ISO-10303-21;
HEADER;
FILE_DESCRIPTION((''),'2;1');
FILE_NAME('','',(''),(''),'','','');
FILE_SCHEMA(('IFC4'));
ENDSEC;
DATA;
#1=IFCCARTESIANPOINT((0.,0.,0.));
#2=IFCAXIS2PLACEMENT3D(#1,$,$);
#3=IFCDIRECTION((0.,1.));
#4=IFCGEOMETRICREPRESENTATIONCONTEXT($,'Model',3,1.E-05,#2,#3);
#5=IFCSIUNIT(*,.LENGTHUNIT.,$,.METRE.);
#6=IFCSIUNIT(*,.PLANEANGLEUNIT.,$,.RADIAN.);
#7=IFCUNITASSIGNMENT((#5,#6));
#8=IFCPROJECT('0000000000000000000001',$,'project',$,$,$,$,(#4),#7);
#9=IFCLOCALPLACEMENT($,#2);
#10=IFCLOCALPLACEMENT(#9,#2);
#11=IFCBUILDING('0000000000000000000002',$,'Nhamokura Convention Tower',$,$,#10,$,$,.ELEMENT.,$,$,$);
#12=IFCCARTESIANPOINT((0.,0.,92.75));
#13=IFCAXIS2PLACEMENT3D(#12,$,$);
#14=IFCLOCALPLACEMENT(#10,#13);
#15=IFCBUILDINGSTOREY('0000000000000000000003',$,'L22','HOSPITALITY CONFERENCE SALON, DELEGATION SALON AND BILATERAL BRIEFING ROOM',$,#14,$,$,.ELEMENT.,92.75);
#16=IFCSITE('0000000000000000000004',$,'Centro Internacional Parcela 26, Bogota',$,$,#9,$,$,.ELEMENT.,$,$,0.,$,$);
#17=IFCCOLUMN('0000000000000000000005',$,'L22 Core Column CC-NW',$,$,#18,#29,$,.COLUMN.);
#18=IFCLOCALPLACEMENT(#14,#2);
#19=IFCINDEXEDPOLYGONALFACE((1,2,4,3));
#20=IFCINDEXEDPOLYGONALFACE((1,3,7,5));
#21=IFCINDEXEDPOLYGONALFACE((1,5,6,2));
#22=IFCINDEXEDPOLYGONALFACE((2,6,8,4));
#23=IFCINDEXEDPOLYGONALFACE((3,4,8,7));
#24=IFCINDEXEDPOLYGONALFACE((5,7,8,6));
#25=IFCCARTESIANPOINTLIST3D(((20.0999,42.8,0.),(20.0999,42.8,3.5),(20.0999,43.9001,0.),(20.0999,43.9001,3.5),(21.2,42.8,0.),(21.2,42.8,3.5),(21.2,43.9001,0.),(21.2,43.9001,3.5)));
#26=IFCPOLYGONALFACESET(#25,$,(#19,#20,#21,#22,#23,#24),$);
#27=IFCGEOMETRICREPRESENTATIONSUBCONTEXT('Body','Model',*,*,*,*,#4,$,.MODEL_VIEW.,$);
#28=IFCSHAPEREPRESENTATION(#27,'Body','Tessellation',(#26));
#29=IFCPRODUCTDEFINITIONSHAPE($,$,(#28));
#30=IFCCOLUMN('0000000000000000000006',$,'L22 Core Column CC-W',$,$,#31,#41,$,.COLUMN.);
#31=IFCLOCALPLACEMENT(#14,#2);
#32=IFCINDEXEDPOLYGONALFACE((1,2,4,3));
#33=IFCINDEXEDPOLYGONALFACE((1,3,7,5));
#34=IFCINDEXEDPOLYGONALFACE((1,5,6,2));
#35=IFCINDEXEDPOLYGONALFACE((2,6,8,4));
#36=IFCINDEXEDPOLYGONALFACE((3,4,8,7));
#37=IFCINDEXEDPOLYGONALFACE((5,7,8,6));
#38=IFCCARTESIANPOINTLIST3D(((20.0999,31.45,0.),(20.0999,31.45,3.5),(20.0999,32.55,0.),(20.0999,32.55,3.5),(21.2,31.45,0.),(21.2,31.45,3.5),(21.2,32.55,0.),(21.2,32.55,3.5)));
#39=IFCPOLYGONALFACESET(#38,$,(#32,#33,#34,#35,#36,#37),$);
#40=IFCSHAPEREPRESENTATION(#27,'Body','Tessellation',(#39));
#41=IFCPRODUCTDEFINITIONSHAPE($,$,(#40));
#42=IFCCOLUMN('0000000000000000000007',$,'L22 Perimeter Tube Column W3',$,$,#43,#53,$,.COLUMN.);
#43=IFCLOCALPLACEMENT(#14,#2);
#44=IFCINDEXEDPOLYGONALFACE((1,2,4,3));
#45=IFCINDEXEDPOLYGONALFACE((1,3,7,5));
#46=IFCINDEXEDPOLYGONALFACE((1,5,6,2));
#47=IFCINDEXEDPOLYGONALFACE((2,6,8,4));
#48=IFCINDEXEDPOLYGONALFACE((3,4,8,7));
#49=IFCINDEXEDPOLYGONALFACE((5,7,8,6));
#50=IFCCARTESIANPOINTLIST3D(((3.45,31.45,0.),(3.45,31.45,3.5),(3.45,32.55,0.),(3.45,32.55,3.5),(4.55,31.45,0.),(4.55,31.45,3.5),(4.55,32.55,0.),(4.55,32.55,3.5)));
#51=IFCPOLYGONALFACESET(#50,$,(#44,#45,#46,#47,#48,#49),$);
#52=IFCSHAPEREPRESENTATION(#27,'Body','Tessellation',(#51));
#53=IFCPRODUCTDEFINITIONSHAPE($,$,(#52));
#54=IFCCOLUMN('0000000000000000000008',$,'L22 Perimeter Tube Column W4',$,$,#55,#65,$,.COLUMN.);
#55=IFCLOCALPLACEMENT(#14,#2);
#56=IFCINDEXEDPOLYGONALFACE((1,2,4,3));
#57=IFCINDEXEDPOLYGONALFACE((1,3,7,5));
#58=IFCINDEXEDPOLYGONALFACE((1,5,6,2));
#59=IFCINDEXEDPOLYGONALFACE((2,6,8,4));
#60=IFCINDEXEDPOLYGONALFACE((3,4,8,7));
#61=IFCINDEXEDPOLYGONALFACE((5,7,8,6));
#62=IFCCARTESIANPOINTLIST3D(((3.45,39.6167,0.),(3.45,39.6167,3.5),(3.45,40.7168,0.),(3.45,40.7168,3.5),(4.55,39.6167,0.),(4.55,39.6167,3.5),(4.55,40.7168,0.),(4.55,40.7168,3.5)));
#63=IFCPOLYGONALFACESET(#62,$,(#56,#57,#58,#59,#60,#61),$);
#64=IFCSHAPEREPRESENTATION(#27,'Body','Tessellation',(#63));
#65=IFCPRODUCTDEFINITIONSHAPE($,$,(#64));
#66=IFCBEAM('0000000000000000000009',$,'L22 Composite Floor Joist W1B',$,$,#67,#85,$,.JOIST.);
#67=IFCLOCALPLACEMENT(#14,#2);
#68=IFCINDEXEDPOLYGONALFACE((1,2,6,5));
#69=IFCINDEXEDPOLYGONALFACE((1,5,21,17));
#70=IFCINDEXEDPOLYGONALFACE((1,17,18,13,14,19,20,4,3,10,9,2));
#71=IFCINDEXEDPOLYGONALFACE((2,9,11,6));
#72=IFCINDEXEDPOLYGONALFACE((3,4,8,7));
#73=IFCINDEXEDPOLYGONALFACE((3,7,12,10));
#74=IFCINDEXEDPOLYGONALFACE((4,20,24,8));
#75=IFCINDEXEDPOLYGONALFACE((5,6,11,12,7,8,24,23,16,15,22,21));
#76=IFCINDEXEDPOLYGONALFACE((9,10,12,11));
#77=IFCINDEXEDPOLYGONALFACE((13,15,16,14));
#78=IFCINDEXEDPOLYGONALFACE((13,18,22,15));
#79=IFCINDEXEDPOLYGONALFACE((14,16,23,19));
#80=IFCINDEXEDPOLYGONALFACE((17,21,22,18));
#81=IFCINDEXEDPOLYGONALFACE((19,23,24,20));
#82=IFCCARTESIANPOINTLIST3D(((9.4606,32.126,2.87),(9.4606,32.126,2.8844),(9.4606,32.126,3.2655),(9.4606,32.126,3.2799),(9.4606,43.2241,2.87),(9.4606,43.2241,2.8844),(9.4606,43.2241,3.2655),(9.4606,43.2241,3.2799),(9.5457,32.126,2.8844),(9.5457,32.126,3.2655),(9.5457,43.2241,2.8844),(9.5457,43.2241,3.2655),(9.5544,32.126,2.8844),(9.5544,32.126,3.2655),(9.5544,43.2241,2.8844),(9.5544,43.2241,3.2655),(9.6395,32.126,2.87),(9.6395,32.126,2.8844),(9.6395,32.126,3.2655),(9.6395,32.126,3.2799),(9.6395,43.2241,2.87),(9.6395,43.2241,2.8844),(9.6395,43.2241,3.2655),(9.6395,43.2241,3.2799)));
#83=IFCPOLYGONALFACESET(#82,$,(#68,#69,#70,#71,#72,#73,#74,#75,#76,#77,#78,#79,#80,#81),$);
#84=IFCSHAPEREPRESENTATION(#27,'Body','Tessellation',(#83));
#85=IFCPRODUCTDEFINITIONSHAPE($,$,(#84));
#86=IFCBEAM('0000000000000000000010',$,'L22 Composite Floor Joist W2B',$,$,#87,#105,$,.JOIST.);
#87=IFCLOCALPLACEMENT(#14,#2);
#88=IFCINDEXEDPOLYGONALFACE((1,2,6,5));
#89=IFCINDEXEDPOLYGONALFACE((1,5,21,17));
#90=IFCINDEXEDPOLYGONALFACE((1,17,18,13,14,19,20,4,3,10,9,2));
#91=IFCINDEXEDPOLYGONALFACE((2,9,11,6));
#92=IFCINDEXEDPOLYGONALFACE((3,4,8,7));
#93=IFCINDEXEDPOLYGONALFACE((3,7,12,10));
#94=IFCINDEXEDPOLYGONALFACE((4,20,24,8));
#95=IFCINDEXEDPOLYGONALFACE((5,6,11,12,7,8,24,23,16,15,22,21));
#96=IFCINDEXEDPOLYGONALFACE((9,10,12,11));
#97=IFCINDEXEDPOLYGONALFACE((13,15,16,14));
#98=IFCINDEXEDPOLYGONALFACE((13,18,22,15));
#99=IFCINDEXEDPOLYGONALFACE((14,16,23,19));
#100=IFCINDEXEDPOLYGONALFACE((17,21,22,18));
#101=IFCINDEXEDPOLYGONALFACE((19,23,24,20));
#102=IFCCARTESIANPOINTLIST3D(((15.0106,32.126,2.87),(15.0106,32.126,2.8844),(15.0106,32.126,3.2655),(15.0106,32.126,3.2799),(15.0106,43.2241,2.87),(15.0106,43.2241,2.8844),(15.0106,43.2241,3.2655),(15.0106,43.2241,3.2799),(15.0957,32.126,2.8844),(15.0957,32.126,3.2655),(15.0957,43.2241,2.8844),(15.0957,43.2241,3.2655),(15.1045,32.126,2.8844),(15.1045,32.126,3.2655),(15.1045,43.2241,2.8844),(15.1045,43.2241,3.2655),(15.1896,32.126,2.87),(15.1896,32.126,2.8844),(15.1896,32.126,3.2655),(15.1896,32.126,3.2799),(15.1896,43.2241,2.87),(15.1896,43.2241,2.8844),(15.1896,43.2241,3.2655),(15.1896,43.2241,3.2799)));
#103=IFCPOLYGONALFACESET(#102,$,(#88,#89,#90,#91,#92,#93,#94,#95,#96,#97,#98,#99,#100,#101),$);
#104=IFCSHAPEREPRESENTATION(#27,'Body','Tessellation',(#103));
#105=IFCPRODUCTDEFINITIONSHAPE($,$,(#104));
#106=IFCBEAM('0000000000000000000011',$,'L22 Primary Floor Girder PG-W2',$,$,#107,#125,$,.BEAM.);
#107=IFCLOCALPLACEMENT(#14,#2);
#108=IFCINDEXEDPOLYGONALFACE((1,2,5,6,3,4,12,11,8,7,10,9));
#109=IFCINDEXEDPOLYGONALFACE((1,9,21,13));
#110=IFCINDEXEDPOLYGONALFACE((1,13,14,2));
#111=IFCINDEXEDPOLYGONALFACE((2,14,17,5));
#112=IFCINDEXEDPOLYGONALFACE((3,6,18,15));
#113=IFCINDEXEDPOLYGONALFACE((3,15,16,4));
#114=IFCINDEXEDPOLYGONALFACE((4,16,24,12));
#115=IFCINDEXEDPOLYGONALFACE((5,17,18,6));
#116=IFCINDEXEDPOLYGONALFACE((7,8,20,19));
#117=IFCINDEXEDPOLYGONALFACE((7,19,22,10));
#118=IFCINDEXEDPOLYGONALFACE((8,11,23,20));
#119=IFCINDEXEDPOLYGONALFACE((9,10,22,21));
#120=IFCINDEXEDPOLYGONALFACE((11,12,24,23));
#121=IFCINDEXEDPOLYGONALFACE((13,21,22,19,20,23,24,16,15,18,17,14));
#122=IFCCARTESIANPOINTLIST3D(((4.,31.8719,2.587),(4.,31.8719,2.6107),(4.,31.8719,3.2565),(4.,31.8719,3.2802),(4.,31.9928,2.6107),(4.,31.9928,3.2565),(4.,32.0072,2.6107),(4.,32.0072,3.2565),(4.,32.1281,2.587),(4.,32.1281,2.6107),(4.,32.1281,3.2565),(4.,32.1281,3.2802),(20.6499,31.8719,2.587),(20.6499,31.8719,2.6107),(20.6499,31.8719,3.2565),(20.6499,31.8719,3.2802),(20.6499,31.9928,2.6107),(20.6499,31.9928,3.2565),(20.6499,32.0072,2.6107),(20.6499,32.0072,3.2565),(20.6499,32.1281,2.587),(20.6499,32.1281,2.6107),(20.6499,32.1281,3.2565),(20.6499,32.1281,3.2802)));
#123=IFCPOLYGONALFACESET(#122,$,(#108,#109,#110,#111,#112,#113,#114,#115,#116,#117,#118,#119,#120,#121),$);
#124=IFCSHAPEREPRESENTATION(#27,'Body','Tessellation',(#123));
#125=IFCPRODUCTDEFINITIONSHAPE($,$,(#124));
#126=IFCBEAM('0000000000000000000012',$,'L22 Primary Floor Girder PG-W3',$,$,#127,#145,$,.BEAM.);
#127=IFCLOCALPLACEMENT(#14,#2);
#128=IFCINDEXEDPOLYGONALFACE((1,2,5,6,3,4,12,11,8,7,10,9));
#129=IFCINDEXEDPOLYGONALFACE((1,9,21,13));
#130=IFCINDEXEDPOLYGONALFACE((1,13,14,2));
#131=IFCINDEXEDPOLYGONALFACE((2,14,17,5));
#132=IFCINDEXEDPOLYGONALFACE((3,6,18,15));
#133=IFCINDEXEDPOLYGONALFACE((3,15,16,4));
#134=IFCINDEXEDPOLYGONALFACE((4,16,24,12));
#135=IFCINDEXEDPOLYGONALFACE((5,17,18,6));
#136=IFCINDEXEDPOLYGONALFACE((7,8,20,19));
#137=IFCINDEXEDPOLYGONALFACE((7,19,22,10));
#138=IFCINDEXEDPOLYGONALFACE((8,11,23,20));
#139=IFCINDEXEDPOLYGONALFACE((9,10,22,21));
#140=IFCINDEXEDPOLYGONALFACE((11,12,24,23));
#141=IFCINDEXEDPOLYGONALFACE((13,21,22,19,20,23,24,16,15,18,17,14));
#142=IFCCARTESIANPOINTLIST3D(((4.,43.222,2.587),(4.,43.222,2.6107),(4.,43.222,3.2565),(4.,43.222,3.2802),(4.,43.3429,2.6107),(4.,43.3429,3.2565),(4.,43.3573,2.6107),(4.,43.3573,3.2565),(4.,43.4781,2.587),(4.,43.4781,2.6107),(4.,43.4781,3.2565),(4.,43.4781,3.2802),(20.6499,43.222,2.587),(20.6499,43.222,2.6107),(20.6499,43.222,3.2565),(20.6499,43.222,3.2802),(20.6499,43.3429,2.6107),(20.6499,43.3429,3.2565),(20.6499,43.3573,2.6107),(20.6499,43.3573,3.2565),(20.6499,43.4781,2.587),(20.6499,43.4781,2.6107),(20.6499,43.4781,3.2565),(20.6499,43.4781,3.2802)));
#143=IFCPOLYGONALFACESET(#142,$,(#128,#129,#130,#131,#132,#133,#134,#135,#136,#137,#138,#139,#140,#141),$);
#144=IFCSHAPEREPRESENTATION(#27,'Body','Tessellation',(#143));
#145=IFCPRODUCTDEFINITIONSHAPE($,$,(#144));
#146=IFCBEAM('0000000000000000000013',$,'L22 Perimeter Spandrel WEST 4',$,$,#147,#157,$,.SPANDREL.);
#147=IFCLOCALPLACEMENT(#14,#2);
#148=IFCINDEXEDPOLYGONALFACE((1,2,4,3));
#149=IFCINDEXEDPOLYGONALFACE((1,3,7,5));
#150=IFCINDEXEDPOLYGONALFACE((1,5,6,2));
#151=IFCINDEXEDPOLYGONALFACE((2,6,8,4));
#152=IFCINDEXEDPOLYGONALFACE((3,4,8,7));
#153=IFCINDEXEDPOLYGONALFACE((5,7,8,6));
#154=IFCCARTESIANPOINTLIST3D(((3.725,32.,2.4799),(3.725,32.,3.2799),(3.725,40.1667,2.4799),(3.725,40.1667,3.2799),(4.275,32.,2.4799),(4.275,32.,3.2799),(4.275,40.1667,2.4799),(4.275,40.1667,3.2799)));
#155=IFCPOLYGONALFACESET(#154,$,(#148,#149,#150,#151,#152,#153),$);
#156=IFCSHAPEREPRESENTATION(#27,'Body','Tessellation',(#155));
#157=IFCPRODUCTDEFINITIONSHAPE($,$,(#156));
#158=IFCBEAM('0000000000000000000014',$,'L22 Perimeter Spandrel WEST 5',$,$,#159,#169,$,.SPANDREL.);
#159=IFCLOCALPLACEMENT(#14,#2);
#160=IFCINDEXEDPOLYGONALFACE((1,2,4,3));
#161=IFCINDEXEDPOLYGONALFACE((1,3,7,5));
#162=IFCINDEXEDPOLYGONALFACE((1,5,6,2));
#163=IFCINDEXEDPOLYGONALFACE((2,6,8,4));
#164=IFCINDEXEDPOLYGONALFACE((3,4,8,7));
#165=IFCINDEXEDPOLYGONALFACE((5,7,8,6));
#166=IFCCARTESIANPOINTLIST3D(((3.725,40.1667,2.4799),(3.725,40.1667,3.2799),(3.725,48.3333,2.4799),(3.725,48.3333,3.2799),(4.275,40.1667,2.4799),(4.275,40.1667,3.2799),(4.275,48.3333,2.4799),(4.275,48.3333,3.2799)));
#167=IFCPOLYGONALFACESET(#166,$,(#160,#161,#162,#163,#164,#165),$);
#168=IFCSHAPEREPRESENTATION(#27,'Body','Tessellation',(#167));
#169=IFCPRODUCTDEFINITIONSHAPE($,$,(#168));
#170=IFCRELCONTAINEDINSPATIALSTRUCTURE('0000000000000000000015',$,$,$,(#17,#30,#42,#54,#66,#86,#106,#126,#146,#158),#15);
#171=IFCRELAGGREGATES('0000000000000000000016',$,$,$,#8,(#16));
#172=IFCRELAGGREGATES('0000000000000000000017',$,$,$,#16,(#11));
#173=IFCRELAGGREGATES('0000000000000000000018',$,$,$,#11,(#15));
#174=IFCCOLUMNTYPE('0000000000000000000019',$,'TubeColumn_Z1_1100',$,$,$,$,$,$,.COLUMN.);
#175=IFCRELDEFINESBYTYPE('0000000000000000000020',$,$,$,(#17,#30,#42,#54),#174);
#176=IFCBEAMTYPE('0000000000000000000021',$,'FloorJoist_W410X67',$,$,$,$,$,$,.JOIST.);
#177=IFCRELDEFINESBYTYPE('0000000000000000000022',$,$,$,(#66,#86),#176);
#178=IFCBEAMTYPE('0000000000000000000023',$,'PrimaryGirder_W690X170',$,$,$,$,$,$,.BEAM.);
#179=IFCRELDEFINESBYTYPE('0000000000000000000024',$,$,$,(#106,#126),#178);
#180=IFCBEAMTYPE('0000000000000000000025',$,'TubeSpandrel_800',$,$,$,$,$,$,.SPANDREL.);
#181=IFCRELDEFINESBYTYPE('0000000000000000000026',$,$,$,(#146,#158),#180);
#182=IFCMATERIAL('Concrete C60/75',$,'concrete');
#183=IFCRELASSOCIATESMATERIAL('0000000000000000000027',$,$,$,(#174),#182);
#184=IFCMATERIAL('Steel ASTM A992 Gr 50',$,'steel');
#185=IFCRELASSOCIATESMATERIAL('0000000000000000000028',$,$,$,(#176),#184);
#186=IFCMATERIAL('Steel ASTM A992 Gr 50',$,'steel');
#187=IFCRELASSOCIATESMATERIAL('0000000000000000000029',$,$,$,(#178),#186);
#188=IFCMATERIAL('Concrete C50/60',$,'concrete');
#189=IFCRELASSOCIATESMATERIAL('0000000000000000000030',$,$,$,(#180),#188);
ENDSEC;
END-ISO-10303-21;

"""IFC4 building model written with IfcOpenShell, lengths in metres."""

from ifc_helpers import new_model, si_unit, direction, frame, origin, origin_2d, place, context, subcontext, project, spatial, rectangle, i_section, extrude, material, material_profile, profile_set, type_object, element, save


model = new_model("IFC4")

# Units and contexts
model_context = context("Model", 3, precision=1e-05, world=origin(), true_north=direction((0.0, 1.0)))
body_context = subcontext(model_context, "Body", "Model", "MODEL_VIEW")
ifc_project = project(units=[si_unit("LENGTHUNIT", "METRE"), si_unit("PLANEANGLEUNIT", "RADIAN")], contexts=[model_context])

# Site, building, storey
site_placement = place(None, origin())
site = spatial("IfcSite", under=ifc_project, at=site_placement, Name="Centro Internacional Parcela 26, Bogota", CompositionType="ELEMENT", RefElevation=0.0)
building_placement = place(site_placement, origin())
building = spatial("IfcBuilding", under=site, at=building_placement, Name="Nhamokura Convention Tower", CompositionType="ELEMENT")
storey_placement = place(building_placement, frame((0.0, 0.0, 92.75)))
storey = spatial("IfcBuildingStorey", under=building, at=storey_placement, Name="L22", Description="HOSPITALITY CONFERENCE SALON, DELEGATION SALON AND BILATERAL BRIEFING ROOM", CompositionType="ELEMENT", Elevation=92.75)

# Columns
ifc_material_1 = material(Name="Concrete C60/75", Category="concrete")
ifc_material_profile_1 = material_profile(ifc_material_1, rectangle(XDim=1.1001, YDim=1.1001, at=origin_2d()))
ifc_profile_set_1 = profile_set([ifc_material_profile_1], Name="Concrete C60/75")
column_type = type_object("IfcColumnType", Name="TubeColumn_Z1_1100", PredefinedType="COLUMN", material=ifc_profile_set_1)
for number, where, z_axis, x_axis, name in (
    (1, (20.6499, 43.3501, 0.0), (0.0, 0.0, 1.0), (1.0, 0.0, 0.0), "L22 Core Column CC-NW"),
    (2, (20.6499, 32.0, 0.0), (0.0, 0.0, 1.0), (1.0, 0.0, 0.0), "L22 Core Column CC-W"),
    (3, (4.0, 32.0, 0.0), (0.0, 0.0, 1.0), (1.0, 0.0, 0.0), "L22 Perimeter Tube Column W3"),
    (4, (4.0, 40.1667, 0.0), (0.0, 0.0, 1.0), (1.0, 0.0, 0.0), "L22 Perimeter Tube Column W4"),
):
    element("IfcColumn", number, at=place(storey_placement, frame(where, z_axis=z_axis, x_axis=x_axis)), inside=storey, type_object=column_type, Name=name, PredefinedType="COLUMN", context=body_context, shape_type="SweptSolid", body=[
        extrude(rectangle(XDim=1.1001, YDim=1.1001, at=origin_2d()), origin(), (0.0, 0.0, 1.0), 3.5),
    ])

# Beams
ifc_material_2 = material(Name="Steel ASTM A992 Gr 50", Category="steel")
ifc_material_profile_2 = material_profile(ifc_material_2, i_section(OverallWidth=0.179, OverallDepth=0.4099, WebThickness=0.0088, FlangeThickness=0.0144, at=origin_2d()))
ifc_profile_set_2 = profile_set([ifc_material_profile_2], Name="Steel ASTM A992 Gr 50")
beam_type_1 = type_object("IfcBeamType", Name="FloorJoist_W410X67", PredefinedType="JOIST", material=ifc_profile_set_2)
for number, where, z_axis, x_axis, name in (
    (5, (9.55, 32.126, 3.075), (0.0, 1.0, 0.0), (-1.0, 0.0, 0.0), "L22 Composite Floor Joist W1B"),
    (6, (15.1001, 32.126, 3.075), (0.0, 1.0, 0.0), (-1.0, 0.0, 0.0), "L22 Composite Floor Joist W2B"),
):
    element("IfcBeam", number, at=place(storey_placement, frame(where, z_axis=z_axis, x_axis=x_axis)), inside=storey, type_object=beam_type_1, Name=name, PredefinedType="JOIST", context=body_context, shape_type="SweptSolid", body=[
        extrude(i_section(OverallWidth=0.179, OverallDepth=0.4099, WebThickness=0.0088, FlangeThickness=0.0144, at=origin_2d()), origin(), (0.0, 0.0, 1.0), 11.0981),
    ])
ifc_material_3 = material(Name="Steel ASTM A992 Gr 50", Category="steel")
ifc_material_profile_3 = material_profile(ifc_material_3, i_section(OverallWidth=0.2561, OverallDepth=0.6931, WebThickness=0.0144, FlangeThickness=0.0237, at=origin_2d()))
ifc_profile_set_3 = profile_set([ifc_material_profile_3], Name="Steel ASTM A992 Gr 50")
beam_type_2 = type_object("IfcBeamType", Name="PrimaryGirder_W690X170", PredefinedType="BEAM", material=ifc_profile_set_3)
for number, where, z_axis, x_axis, name in (
    (7, (4.0, 32.0, 2.9336), (1.0, 0.0, 0.0), (0.0, 1.0, 0.0), "L22 Primary Floor Girder PG-W2"),
    (8, (4.0, 43.3501, 2.9336), (1.0, 0.0, 0.0), (0.0, 1.0, 0.0), "L22 Primary Floor Girder PG-W3"),
):
    element("IfcBeam", number, at=place(storey_placement, frame(where, z_axis=z_axis, x_axis=x_axis)), inside=storey, type_object=beam_type_2, Name=name, PredefinedType="BEAM", context=body_context, shape_type="SweptSolid", body=[
        extrude(i_section(OverallWidth=0.2561, OverallDepth=0.6931, WebThickness=0.0144, FlangeThickness=0.0237, at=origin_2d()), origin(), (0.0, 0.0, 1.0), 16.6499),
    ])
ifc_material_4 = material(Name="Concrete C50/60", Category="concrete")
ifc_material_profile_4 = material_profile(ifc_material_4, rectangle(XDim=0.55, YDim=0.8, at=origin_2d()))
ifc_profile_set_4 = profile_set([ifc_material_profile_4], Name="Concrete C50/60")
beam_type_3 = type_object("IfcBeamType", Name="TubeSpandrel_800", PredefinedType="SPANDREL", material=ifc_profile_set_4)
beam_1_placement = place(storey_placement, frame((4.0, 32.0, 2.8799), z_axis=(0.0, 1.0, 0.0), x_axis=(-1.0, 0.0, 0.0)))
element("IfcBeam", 9, at=beam_1_placement, inside=storey, type_object=beam_type_3, Name="L22 Perimeter Spandrel WEST 4", PredefinedType="SPANDREL", context=body_context, shape_type="SweptSolid", body=[
    extrude(rectangle(XDim=0.55, YDim=0.8, at=origin_2d()), origin(), (0.0, 0.0, 1.0), 8.1667),
])
beam_2_placement = place(storey_placement, frame((4.0, 40.1667, 2.8799), z_axis=(0.0, 1.0, 0.0), x_axis=(-1.0, 0.0, 0.0)))
element("IfcBeam", 10, at=beam_2_placement, inside=storey, type_object=beam_type_3, Name="L22 Perimeter Spandrel WEST 5", PredefinedType="SPANDREL", context=body_context, shape_type="SweptSolid", body=[
    extrude(rectangle(XDim=0.55, YDim=0.8, at=origin_2d()), origin(), (0.0, 0.0, 1.0), 8.1665),
])

save(model, "model.ifc")
